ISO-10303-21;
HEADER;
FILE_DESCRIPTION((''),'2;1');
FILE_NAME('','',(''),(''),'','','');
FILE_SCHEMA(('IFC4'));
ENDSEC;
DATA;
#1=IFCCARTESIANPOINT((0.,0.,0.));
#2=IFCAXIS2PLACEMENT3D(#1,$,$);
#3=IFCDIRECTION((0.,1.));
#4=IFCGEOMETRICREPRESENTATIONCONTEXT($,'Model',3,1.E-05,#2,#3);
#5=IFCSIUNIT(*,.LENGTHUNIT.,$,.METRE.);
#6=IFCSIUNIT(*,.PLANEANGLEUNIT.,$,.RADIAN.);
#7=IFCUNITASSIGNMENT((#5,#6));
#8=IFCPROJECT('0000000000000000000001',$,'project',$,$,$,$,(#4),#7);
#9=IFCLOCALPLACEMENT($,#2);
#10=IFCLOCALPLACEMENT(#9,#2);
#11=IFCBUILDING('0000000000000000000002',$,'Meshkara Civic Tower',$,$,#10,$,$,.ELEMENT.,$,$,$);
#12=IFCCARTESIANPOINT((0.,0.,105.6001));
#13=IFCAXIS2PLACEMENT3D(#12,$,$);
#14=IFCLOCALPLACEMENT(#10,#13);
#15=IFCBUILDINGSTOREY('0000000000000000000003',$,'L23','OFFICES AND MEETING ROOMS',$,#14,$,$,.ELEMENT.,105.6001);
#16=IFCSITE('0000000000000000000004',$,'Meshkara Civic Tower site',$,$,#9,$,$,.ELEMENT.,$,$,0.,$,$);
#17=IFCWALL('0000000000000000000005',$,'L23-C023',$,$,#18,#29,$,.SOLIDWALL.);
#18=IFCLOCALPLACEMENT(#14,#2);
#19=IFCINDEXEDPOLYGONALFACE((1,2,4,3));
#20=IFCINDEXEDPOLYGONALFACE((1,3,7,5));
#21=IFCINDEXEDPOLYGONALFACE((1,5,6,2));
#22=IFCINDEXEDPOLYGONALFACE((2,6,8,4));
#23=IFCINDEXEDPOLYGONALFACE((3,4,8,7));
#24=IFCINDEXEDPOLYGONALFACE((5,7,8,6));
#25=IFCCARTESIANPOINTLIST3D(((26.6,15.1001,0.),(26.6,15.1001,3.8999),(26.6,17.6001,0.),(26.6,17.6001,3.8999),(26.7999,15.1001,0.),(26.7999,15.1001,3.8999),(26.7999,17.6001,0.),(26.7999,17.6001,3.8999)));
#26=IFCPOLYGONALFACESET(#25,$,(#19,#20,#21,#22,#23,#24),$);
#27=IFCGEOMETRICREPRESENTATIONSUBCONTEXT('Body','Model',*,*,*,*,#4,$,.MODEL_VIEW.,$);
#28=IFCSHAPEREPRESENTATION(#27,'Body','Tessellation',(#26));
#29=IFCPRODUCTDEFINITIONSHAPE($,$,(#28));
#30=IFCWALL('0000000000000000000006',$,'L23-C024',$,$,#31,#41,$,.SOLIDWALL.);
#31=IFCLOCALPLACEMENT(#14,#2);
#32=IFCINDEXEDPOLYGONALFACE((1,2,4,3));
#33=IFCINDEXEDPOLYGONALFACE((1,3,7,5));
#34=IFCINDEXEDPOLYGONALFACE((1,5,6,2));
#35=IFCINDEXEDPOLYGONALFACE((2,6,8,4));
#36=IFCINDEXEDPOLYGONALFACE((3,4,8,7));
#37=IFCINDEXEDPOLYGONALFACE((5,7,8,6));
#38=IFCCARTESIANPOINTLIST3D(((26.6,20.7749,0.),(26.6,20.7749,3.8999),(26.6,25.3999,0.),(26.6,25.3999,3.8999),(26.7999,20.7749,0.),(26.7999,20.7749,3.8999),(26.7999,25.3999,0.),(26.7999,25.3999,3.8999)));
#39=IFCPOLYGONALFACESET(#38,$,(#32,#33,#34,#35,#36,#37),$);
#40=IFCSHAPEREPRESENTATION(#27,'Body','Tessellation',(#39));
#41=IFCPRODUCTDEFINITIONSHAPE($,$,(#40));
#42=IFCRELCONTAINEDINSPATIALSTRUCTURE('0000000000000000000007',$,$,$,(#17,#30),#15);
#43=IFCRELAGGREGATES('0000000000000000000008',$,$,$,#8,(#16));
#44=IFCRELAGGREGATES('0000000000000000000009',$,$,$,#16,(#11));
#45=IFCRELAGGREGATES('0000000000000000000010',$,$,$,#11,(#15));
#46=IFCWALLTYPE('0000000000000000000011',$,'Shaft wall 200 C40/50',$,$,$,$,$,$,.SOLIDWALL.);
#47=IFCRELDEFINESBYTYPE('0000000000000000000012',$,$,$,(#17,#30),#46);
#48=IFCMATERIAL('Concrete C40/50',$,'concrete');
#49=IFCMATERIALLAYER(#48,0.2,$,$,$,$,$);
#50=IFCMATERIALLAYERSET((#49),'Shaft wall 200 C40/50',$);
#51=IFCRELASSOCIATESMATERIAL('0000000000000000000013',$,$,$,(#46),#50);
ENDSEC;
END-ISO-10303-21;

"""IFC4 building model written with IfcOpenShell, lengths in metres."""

from ifc_helpers import new_model, si_unit, direction, frame, frame_2d, origin, place, context, subcontext, project, spatial, rectangle, extrude, material, layer, layer_set, type_object, element, save


model = new_model("IFC4")

# Units and contexts
model_context = context("Model", 3, precision=1e-05, world=origin(), true_north=direction((0.0, 1.0)))
body_context = subcontext(model_context, "Body", "Model", "MODEL_VIEW")
ifc_project = project(units=[si_unit("LENGTHUNIT", "METRE"), si_unit("PLANEANGLEUNIT", "RADIAN")], contexts=[model_context])

# Site, building, storey
site_placement = place(None, origin())
site = spatial("IfcSite", under=ifc_project, at=site_placement, Name="Meshkara Civic Tower site", CompositionType="ELEMENT", RefElevation=0.0)
building_placement = place(site_placement, origin())
building = spatial("IfcBuilding", under=site, at=building_placement, Name="Meshkara Civic Tower", CompositionType="ELEMENT")
storey_placement = place(building_placement, frame((0.0, 0.0, 105.6001)))
storey = spatial("IfcBuildingStorey", under=building, at=storey_placement, Name="L23", Description="OFFICES AND MEETING ROOMS", CompositionType="ELEMENT", Elevation=105.6001)

# Shared definitions
ifc_material_1 = material(Name="Concrete C40/50", Category="concrete")
ifc_layer_1 = layer(ifc_material_1, 0.2)
ifc_layer_set_1 = layer_set([ifc_layer_1], Name="Shaft wall 200 C40/50")
wall_type_1 = type_object("IfcWallType", Name="Shaft wall 200 C40/50", PredefinedType="SOLIDWALL", material=ifc_layer_set_1)

# Walls
wall_1_placement = place(storey_placement, frame((26.7, 15.1001, 0.0), z_axis=(0.0, 0.0, 1.0), x_axis=(0.0, 1.0, 0.0)))
element("IfcWall", 1, at=wall_1_placement, inside=storey, type_object=wall_type_1, Name="L23-C023", PredefinedType="SOLIDWALL", context=body_context, shape_type="SweptSolid", body=[
    extrude(rectangle(XDim=2.5, YDim=0.2, at=frame_2d((1.25, 0.0))), origin(), (0.0, 0.0, 1.0), 3.8999),
])
wall_2_placement = place(storey_placement, frame((26.7, 20.7749, 0.0), z_axis=(0.0, 0.0, 1.0), x_axis=(0.0, 1.0, 0.0)))
element("IfcWall", 2, at=wall_2_placement, inside=storey, type_object=wall_type_1, Name="L23-C024", PredefinedType="SOLIDWALL", context=body_context, shape_type="SweptSolid", body=[
    extrude(rectangle(XDim=4.625, YDim=0.2, at=frame_2d((2.3125, 0.0))), origin(), (0.0, 0.0, 1.0), 3.8999),
])

save(model, "model.ifc")
